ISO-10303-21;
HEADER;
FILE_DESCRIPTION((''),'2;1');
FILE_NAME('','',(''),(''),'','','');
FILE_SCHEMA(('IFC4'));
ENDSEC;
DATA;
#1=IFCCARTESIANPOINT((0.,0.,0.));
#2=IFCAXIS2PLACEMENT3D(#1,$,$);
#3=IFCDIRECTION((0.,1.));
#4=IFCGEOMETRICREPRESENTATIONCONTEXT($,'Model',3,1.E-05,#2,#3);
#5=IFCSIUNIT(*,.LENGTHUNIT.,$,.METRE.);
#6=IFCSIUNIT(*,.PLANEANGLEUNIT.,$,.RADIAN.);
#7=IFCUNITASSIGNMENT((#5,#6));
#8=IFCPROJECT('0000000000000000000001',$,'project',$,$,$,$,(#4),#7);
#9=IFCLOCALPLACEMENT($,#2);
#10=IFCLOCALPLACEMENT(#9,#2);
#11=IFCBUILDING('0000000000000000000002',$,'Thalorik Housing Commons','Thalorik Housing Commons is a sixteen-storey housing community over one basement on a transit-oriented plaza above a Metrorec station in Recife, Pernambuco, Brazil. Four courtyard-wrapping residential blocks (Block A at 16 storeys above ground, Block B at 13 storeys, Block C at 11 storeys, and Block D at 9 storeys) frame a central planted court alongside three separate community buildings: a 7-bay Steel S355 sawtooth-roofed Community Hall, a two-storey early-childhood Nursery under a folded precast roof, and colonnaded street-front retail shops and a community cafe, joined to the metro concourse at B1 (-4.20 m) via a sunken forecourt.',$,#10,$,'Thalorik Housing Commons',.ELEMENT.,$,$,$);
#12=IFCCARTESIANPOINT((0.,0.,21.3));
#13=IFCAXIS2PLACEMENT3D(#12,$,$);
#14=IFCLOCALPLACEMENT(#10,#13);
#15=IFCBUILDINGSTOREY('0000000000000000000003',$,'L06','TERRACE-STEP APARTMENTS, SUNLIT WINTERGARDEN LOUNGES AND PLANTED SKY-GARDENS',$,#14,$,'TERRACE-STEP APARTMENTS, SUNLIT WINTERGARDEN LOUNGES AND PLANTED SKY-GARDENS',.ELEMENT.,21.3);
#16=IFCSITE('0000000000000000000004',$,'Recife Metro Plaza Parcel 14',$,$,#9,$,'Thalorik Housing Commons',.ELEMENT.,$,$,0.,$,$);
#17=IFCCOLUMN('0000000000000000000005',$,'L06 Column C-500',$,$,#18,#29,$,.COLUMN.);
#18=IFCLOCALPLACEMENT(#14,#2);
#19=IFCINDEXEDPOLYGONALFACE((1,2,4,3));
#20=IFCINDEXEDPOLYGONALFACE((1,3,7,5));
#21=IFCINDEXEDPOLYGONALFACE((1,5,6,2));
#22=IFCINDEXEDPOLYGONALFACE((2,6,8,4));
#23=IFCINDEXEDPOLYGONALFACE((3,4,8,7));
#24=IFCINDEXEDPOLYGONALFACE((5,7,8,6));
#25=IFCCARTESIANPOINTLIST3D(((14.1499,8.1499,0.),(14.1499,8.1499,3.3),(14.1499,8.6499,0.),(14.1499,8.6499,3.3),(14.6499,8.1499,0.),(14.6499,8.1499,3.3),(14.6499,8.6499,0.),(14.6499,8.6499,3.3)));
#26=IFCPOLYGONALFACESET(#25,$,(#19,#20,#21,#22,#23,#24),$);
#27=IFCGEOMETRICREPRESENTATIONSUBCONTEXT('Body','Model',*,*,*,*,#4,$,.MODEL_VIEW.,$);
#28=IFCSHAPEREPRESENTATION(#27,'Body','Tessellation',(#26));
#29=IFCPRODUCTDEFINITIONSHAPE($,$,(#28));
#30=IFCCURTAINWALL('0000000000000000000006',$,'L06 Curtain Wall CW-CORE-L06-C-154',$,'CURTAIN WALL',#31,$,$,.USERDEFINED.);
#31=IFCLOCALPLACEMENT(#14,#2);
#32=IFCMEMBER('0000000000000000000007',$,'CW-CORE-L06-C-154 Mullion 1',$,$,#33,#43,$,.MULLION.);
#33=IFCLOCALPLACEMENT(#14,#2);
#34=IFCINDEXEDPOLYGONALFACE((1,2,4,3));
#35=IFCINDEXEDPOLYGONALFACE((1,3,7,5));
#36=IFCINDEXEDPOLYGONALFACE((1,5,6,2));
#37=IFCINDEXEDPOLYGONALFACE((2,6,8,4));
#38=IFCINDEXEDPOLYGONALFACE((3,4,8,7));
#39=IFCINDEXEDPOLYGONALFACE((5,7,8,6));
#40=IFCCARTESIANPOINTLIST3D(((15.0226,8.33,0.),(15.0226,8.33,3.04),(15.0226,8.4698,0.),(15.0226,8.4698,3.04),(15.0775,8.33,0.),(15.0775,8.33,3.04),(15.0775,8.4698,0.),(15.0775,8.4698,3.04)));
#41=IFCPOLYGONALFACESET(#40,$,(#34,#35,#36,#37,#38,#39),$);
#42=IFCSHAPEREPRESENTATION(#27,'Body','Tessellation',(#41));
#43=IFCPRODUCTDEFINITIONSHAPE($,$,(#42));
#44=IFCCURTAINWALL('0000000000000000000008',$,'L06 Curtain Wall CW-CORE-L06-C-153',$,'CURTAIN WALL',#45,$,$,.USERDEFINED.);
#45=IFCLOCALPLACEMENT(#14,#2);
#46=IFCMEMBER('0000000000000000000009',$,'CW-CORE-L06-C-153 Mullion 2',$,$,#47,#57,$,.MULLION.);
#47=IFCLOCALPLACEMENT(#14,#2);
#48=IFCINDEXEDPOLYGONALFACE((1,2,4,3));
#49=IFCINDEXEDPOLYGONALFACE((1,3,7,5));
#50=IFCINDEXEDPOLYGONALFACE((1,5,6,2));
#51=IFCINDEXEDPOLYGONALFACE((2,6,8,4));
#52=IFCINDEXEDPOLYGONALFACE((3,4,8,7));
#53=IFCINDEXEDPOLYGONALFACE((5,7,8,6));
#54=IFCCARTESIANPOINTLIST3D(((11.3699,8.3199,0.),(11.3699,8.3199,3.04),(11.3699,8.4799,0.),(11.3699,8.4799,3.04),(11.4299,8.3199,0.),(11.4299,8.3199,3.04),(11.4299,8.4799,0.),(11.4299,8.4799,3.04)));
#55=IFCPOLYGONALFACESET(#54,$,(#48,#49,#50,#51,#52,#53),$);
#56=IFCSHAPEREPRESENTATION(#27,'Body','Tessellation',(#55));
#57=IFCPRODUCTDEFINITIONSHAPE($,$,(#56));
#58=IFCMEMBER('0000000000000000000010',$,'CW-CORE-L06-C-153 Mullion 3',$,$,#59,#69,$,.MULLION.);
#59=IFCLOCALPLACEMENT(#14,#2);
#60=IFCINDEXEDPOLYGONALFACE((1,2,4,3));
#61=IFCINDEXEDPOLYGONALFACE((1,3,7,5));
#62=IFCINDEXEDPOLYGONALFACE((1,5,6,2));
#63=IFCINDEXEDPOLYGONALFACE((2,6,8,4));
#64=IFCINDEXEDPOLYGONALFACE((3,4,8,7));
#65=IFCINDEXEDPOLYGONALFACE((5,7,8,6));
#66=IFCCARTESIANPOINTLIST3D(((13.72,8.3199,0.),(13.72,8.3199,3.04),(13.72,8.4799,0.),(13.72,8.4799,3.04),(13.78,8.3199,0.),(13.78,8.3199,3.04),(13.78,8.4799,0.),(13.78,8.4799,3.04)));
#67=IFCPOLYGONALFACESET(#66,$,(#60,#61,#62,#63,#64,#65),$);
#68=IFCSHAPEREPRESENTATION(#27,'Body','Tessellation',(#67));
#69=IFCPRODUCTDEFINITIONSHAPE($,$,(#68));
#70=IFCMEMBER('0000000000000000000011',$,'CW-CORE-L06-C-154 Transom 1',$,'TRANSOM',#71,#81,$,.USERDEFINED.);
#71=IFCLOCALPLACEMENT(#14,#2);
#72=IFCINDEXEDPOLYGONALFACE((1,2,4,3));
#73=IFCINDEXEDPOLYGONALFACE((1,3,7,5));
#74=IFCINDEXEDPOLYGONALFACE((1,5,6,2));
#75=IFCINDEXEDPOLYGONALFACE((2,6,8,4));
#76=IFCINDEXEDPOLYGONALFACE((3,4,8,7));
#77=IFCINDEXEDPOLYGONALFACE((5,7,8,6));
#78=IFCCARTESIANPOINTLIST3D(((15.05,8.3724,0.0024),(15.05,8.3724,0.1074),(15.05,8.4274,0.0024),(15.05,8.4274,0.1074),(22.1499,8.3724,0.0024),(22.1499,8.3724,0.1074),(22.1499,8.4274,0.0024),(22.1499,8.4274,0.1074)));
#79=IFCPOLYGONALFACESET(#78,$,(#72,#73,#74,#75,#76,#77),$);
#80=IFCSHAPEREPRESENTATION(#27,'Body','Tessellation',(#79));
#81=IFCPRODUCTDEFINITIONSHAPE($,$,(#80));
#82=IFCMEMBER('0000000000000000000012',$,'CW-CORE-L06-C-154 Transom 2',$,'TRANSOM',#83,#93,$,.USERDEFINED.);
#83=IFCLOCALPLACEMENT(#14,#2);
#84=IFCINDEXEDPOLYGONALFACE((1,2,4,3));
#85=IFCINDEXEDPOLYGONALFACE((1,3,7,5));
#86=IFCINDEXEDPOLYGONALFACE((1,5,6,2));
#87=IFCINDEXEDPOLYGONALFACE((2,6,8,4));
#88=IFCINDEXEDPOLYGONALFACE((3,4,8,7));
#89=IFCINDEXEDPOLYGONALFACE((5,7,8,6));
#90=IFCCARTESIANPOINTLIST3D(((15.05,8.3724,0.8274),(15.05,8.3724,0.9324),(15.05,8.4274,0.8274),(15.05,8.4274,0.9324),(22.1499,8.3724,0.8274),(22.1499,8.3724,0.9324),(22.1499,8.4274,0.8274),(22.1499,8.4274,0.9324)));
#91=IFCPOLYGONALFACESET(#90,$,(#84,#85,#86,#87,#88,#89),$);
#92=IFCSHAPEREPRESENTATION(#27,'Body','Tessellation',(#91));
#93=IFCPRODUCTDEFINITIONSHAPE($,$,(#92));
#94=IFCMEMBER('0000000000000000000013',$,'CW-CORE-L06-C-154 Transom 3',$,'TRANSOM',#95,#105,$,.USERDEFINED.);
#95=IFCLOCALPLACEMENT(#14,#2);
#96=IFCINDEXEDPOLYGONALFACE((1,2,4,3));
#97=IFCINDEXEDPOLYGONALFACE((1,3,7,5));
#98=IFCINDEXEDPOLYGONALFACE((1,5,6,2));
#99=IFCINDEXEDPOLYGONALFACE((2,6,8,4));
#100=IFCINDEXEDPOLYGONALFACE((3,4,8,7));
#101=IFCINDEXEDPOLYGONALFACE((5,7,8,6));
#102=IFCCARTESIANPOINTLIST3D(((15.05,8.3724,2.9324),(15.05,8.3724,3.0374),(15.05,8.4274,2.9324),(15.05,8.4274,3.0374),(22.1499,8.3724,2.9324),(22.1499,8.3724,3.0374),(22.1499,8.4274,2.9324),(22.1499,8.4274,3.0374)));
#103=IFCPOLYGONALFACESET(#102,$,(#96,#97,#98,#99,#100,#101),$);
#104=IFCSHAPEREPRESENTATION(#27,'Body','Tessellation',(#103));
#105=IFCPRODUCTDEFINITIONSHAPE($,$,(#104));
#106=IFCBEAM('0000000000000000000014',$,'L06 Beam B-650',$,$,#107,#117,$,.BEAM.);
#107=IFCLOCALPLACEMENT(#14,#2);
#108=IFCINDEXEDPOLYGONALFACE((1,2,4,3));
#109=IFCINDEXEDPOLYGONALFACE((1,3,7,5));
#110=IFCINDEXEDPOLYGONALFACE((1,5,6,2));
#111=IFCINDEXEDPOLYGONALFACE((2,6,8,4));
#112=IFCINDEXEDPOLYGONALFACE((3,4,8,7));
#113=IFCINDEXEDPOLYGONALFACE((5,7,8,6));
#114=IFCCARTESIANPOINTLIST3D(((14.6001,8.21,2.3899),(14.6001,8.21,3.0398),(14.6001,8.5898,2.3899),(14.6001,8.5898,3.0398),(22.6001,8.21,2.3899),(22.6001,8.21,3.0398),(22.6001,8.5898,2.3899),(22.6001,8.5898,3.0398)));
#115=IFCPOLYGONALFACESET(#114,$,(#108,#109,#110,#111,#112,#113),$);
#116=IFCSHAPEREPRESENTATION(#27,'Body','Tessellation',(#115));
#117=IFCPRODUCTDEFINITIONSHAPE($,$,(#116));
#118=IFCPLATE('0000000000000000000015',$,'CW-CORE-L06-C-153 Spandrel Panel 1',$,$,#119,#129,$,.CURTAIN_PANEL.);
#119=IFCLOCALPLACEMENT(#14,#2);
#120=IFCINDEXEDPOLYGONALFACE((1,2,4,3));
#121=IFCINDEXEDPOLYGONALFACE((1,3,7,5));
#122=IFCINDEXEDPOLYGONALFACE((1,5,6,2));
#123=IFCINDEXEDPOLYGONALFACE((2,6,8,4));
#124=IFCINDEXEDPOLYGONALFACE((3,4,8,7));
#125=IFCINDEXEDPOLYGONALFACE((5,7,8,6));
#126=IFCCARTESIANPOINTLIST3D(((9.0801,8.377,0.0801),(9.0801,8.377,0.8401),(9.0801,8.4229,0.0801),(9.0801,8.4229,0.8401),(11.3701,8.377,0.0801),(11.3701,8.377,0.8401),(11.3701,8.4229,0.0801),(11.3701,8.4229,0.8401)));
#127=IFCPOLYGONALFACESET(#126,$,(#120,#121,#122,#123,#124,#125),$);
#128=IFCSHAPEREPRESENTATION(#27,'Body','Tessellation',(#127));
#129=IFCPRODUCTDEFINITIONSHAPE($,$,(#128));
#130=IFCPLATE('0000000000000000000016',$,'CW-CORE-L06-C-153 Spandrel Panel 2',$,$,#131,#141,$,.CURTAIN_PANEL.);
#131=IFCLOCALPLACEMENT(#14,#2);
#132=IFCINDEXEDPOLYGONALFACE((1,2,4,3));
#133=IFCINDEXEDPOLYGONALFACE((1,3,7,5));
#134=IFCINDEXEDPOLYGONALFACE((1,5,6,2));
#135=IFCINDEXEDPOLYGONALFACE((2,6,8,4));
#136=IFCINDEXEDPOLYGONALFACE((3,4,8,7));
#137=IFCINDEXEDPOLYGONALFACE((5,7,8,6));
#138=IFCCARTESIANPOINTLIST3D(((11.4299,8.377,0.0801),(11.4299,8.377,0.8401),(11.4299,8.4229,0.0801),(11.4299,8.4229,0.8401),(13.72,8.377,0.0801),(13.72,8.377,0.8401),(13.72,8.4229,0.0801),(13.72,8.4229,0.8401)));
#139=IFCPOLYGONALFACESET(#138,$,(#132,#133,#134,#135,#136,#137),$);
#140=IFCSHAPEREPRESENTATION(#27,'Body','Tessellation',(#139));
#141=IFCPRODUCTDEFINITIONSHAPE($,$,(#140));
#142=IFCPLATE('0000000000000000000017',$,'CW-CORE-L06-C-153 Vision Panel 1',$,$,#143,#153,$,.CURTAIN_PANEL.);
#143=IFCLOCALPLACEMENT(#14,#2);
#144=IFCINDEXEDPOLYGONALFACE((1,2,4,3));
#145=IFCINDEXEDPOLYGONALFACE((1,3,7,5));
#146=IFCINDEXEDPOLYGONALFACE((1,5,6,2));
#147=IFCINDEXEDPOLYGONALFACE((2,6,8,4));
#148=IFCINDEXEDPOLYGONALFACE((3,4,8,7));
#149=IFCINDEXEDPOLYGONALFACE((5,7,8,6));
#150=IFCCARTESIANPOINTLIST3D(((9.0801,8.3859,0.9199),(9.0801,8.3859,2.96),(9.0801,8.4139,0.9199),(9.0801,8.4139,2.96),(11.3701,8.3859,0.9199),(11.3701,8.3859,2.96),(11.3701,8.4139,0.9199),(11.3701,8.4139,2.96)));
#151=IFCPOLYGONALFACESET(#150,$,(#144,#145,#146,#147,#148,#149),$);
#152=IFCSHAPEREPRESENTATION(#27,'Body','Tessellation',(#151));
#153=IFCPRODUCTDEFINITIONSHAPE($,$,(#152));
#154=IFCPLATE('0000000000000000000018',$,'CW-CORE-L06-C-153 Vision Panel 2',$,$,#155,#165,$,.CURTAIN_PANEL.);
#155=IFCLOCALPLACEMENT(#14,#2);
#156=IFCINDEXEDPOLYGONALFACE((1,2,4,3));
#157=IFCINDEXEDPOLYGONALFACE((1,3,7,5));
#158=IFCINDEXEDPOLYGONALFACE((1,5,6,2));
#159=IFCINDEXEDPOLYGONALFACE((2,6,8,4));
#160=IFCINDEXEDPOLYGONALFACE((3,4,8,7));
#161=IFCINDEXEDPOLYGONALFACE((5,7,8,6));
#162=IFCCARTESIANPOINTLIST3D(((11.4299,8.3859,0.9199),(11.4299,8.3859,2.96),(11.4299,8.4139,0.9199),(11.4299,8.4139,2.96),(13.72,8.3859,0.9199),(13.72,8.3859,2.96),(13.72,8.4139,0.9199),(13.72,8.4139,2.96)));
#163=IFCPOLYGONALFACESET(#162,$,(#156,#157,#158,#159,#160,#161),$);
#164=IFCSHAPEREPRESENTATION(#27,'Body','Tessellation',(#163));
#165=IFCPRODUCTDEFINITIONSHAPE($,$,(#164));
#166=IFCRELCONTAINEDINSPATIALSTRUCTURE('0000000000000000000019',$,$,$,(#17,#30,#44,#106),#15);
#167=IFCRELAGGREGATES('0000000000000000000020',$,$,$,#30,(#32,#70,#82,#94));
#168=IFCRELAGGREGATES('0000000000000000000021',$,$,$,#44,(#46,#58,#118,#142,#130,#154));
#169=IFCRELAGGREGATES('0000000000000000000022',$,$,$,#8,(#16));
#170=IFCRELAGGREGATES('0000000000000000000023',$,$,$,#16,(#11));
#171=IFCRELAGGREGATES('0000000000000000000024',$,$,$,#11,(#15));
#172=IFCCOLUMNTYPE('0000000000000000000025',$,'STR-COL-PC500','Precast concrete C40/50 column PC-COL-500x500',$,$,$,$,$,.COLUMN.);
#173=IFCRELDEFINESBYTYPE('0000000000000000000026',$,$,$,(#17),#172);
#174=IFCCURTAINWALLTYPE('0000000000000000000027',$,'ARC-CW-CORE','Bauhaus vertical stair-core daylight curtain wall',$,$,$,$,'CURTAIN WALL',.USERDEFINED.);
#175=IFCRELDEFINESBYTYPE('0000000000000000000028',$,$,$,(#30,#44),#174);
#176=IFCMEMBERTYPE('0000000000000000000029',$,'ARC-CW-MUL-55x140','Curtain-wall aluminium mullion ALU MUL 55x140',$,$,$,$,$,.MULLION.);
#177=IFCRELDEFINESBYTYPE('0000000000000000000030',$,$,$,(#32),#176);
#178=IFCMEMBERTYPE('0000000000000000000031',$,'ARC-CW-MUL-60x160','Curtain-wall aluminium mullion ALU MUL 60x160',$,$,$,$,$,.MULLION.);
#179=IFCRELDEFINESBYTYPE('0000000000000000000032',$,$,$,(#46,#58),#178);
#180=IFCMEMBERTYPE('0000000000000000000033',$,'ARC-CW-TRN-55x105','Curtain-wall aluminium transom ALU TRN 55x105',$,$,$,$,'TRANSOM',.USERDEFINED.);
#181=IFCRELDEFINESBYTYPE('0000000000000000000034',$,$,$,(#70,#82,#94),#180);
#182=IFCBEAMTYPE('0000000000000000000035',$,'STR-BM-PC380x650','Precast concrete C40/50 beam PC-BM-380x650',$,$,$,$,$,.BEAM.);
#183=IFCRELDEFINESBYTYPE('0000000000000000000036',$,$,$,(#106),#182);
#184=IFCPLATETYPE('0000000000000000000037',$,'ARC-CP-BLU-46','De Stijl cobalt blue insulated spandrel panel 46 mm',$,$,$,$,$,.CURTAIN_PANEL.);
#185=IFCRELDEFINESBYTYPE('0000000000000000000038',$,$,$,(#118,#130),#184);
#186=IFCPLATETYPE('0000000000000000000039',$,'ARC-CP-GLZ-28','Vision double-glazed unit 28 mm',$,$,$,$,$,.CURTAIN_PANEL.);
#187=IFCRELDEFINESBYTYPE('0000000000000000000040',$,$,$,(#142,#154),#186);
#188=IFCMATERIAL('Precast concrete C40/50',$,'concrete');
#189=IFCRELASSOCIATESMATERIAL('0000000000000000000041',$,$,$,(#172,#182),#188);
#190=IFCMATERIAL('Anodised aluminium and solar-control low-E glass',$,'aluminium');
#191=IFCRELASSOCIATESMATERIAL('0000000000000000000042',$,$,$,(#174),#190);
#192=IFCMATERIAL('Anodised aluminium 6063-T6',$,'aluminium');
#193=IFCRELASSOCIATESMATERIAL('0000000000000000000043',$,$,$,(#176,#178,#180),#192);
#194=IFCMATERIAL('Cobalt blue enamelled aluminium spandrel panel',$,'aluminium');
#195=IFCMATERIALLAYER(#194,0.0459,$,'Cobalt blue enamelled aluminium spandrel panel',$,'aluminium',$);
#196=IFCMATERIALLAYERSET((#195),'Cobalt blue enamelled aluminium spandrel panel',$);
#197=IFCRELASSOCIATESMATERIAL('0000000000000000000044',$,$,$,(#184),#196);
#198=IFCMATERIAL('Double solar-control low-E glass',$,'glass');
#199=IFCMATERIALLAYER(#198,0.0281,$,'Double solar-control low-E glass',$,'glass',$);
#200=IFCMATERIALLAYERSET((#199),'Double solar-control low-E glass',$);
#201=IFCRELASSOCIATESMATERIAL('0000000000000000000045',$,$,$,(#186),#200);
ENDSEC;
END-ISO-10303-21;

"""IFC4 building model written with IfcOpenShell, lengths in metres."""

from ifc_helpers import new_model, si_unit, direction, frame, origin, origin_2d, place, context, subcontext, project, spatial, rectangle, extrude, material, layer, layer_set, material_profile, profile_set, type_object, element, aggregate, save


model = new_model("IFC4")

# Units and contexts
model_context = context("Model", 3, precision=1e-05, world=origin(), true_north=direction((0.0, 1.0)))
body_context = subcontext(model_context, "Body", "Model", "MODEL_VIEW")
ifc_project = project(units=[si_unit("LENGTHUNIT", "METRE"), si_unit("PLANEANGLEUNIT", "RADIAN")], contexts=[model_context])

# Site, building, storey
site_placement = place(None, origin())
site = spatial("IfcSite", under=ifc_project, at=site_placement, Name="Recife Metro Plaza Parcel 14", LongName="Thalorik Housing Commons", CompositionType="ELEMENT", RefElevation=0.0)
building_placement = place(site_placement, origin())
building = spatial("IfcBuilding", under=site, at=building_placement, Name="Thalorik Housing Commons", Description="Thalorik Housing Commons is a sixteen-storey housing community over one basement on a transit-oriented plaza above a Metrorec station in Recife, Pernambuco, Brazil. Four courtyard-wrapping residential blocks (Block A at 16 storeys above ground, Block B at 13 storeys, Block C at 11 storeys, and Block D at 9 storeys) frame a central planted court alongside three separate community buildings: a 7-bay Steel S355 sawtooth-roofed Community Hall, a two-storey early-childhood Nursery under a folded precast roof, and colonnaded street-front retail shops and a community cafe, joined to the metro concourse at B1 (-4.20 m) via a sunken forecourt.", LongName="Thalorik Housing Commons", CompositionType="ELEMENT")
storey_placement = place(building_placement, frame((0.0, 0.0, 21.3)))
storey = spatial("IfcBuildingStorey", under=building, at=storey_placement, Name="L06", Description="TERRACE-STEP APARTMENTS, SUNLIT WINTERGARDEN LOUNGES AND PLANTED SKY-GARDENS", LongName="TERRACE-STEP APARTMENTS, SUNLIT WINTERGARDEN LOUNGES AND PLANTED SKY-GARDENS", CompositionType="ELEMENT", Elevation=21.3)

# Column
ifc_material_1 = material(Name="Precast concrete C40/50", Category="concrete")
ifc_material_profile_1 = material_profile(ifc_material_1, rectangle(XDim=0.5, YDim=0.5, at=origin_2d()), Name="PC 500x500", Category="concrete")
ifc_profile_set_1 = profile_set([ifc_material_profile_1], Name="Precast concrete C40/50")
column_type = type_object("IfcColumnType", Name="STR-COL-PC500", Description="Precast concrete C40/50 column PC-COL-500x500", PredefinedType="COLUMN", material=ifc_profile_set_1)
column_placement = place(storey_placement, frame((14.3999, 8.3999, 0.0), z_axis=(0.0, 0.0, 1.0), x_axis=(1.0, 0.0, 0.0)))
element("IfcColumn", 1, at=column_placement, inside=storey, type_object=column_type, Name="L06 Column C-500", PredefinedType="COLUMN", context=body_context, shape_type="SweptSolid", body=[
    extrude(rectangle(XDim=0.5, YDim=0.5, at=origin_2d()), origin(), (0.0, 0.0, 1.0), 3.3),
])

# Curtain wall, member
ifc_material_2 = material(Name="Anodised aluminium and solar-control low-E glass", Category="aluminium")
curtain_wall_type = type_object("IfcCurtainWallType", Name="ARC-CW-CORE", Description="Bauhaus vertical stair-core daylight curtain wall", ElementType="CURTAIN WALL", PredefinedType="USERDEFINED", material=ifc_material_2)
curtain_wall_1_placement = place(storey_placement, origin())
curtain_wall_1 = element("IfcCurtainWall", 2, at=curtain_wall_1_placement, inside=storey, type_object=curtain_wall_type, Name="L06 Curtain Wall CW-CORE-L06-C-154", ObjectType="CURTAIN WALL", PredefinedType="USERDEFINED")
ifc_material_3 = material(Name="Anodised aluminium 6063-T6", Category="aluminium")
ifc_material_profile_2 = material_profile(ifc_material_3, rectangle(XDim=0.0549, YDim=0.1399, at=origin_2d()), Name="ALU MUL 55x140", Category="aluminium")
ifc_profile_set_2 = profile_set([ifc_material_profile_2], Name="Anodised aluminium 6063-T6")
member_type_1 = type_object("IfcMemberType", Name="ARC-CW-MUL-55x140", Description="Curtain-wall aluminium mullion ALU MUL 55x140", PredefinedType="MULLION", material=ifc_profile_set_2)
member_1_placement = place(storey_placement, frame((15.05, 8.3999, 0.0), z_axis=(0.0, 0.0, 1.0), x_axis=(1.0, 0.0, 0.0)))
member_1 = element("IfcMember", 3, at=member_1_placement, type_object=member_type_1, Name="CW-CORE-L06-C-154 Mullion 1", PredefinedType="MULLION", context=body_context, shape_type="SweptSolid", body=[
    extrude(rectangle(XDim=0.0549, YDim=0.1399, at=origin_2d()), origin(), (0.0, 0.0, 1.0), 3.04),
])

# Curtain wall, members
curtain_wall_2_placement = place(storey_placement, origin())
curtain_wall_2 = element("IfcCurtainWall", 4, at=curtain_wall_2_placement, inside=storey, type_object=curtain_wall_type, Name="L06 Curtain Wall CW-CORE-L06-C-153", ObjectType="CURTAIN WALL", PredefinedType="USERDEFINED")
ifc_material_profile_3 = material_profile(ifc_material_3, rectangle(XDim=0.0601, YDim=0.1599, at=origin_2d()), Name="ALU MUL 60x160", Category="aluminium")
ifc_profile_set_3 = profile_set([ifc_material_profile_3], Name="Anodised aluminium 6063-T6")
member_type_2 = type_object("IfcMemberType", Name="ARC-CW-MUL-60x160", Description="Curtain-wall aluminium mullion ALU MUL 60x160", PredefinedType="MULLION", material=ifc_profile_set_3)
member_2_placement = place(storey_placement, frame((11.3999, 8.3999, 0.0), z_axis=(0.0, 0.0, 1.0), x_axis=(1.0, 0.0, 0.0)))
member_2 = element("IfcMember", 5, at=member_2_placement, type_object=member_type_2, Name="CW-CORE-L06-C-153 Mullion 2", PredefinedType="MULLION", context=body_context, shape_type="SweptSolid", body=[
    extrude(rectangle(XDim=0.0601, YDim=0.1599, at=origin_2d()), origin(), (0.0, 0.0, 1.0), 3.04),
])
member_3_placement = place(storey_placement, frame((13.75, 8.3999, 0.0), z_axis=(0.0, 0.0, 1.0), x_axis=(1.0, 0.0, 0.0)))
member_3 = element("IfcMember", 6, at=member_3_placement, type_object=member_type_2, Name="CW-CORE-L06-C-153 Mullion 3", PredefinedType="MULLION", context=body_context, shape_type="SweptSolid", body=[
    extrude(rectangle(XDim=0.0601, YDim=0.1599, at=origin_2d()), origin(), (0.0, 0.0, 1.0), 3.04),
])

# Members
ifc_material_profile_4 = material_profile(ifc_material_3, rectangle(XDim=0.0549, YDim=0.105, at=origin_2d()), Name="ALU TRN 55x105", Category="aluminium")
ifc_profile_set_4 = profile_set([ifc_material_profile_4], Name="Anodised aluminium 6063-T6")
member_type_3 = type_object("IfcMemberType", Name="ARC-CW-TRN-55x105", Description="Curtain-wall aluminium transom ALU TRN 55x105", ElementType="TRANSOM", PredefinedType="USERDEFINED", material=ifc_profile_set_4)
member_4_placement = place(storey_placement, frame((15.05, 8.3999, 0.0549), z_axis=(1.0, 0.0, 0.0), x_axis=(0.0, 1.0, 0.0)))
member_4 = element("IfcMember", 7, at=member_4_placement, type_object=member_type_3, Name="CW-CORE-L06-C-154 Transom 1", ObjectType="TRANSOM", PredefinedType="USERDEFINED", context=body_context, shape_type="SweptSolid", body=[
    extrude(rectangle(XDim=0.0549, YDim=0.105, at=origin_2d()), origin(), (0.0, 0.0, 1.0), 7.0999),
])
member_5_placement = place(storey_placement, frame((15.05, 8.3999, 0.8799), z_axis=(1.0, 0.0, 0.0), x_axis=(0.0, 1.0, 0.0)))
member_5 = element("IfcMember", 8, at=member_5_placement, type_object=member_type_3, Name="CW-CORE-L06-C-154 Transom 2", ObjectType="TRANSOM", PredefinedType="USERDEFINED", context=body_context, shape_type="SweptSolid", body=[
    extrude(rectangle(XDim=0.0549, YDim=0.105, at=origin_2d()), origin(), (0.0, 0.0, 1.0), 7.0999),
])
member_6_placement = place(storey_placement, frame((15.05, 8.3999, 2.9849), z_axis=(1.0, 0.0, 0.0), x_axis=(0.0, 1.0, 0.0)))
member_6 = element("IfcMember", 9, at=member_6_placement, type_object=member_type_3, Name="CW-CORE-L06-C-154 Transom 3", ObjectType="TRANSOM", PredefinedType="USERDEFINED", context=body_context, shape_type="SweptSolid", body=[
    extrude(rectangle(XDim=0.0549, YDim=0.105, at=origin_2d()), origin(), (0.0, 0.0, 1.0), 7.0999),
])
aggregate(curtain_wall_1, [member_1, member_4, member_5, member_6])

# Beam
ifc_material_profile_5 = material_profile(ifc_material_1, rectangle(XDim=0.3799, YDim=0.6499, at=origin_2d()), Name="PC 380x650", Category="concrete")
ifc_profile_set_5 = profile_set([ifc_material_profile_5], Name="Precast concrete C40/50")
beam_type = type_object("IfcBeamType", Name="STR-BM-PC380x650", Description="Precast concrete C40/50 beam PC-BM-380x650", PredefinedType="BEAM", material=ifc_profile_set_5)
beam_placement = place(storey_placement, frame((14.6001, 8.3999, 2.7148), z_axis=(1.0, 0.0, 0.0), x_axis=(0.0, 1.0, 0.0)))
element("IfcBeam", 10, at=beam_placement, inside=storey, type_object=beam_type, Name="L06 Beam B-650", PredefinedType="BEAM", context=body_context, shape_type="SweptSolid", body=[
    extrude(rectangle(XDim=0.3799, YDim=0.6499, at=origin_2d()), origin(), (0.0, 0.0, 1.0), 8.0),
])

# Plates
ifc_material_4 = material(Name="Cobalt blue enamelled aluminium spandrel panel", Category="aluminium")
ifc_layer_1 = layer(ifc_material_4, 0.0459, Name="Cobalt blue enamelled aluminium spandrel panel", Category="aluminium")
ifc_layer_set_1 = layer_set([ifc_layer_1], Name="Cobalt blue enamelled aluminium spandrel panel")
plate_type_1 = type_object("IfcPlateType", Name="ARC-CP-BLU-46", Description="De Stijl cobalt blue insulated spandrel panel 46 mm", PredefinedType="CURTAIN_PANEL", material=ifc_layer_set_1)
plate_1_placement = place(storey_placement, frame((10.2251, 8.3999, 0.0801), z_axis=(0.0, 0.0, 1.0), x_axis=(1.0, 0.0, 0.0)))
plate_1 = element("IfcPlate", 11, at=plate_1_placement, type_object=plate_type_1, Name="CW-CORE-L06-C-153 Spandrel Panel 1", PredefinedType="CURTAIN_PANEL", context=body_context, shape_type="SweptSolid", body=[
    extrude(rectangle(XDim=2.29, YDim=0.0459, at=origin_2d()), origin(), (0.0, 0.0, 1.0), 0.76),
])
plate_2_placement = place(storey_placement, frame((12.575, 8.3999, 0.0801), z_axis=(0.0, 0.0, 1.0), x_axis=(1.0, 0.0, 0.0)))
plate_2 = element("IfcPlate", 12, at=plate_2_placement, type_object=plate_type_1, Name="CW-CORE-L06-C-153 Spandrel Panel 2", PredefinedType="CURTAIN_PANEL", context=body_context, shape_type="SweptSolid", body=[
    extrude(rectangle(XDim=2.29, YDim=0.0459, at=origin_2d()), origin(), (0.0, 0.0, 1.0), 0.76),
])
ifc_material_5 = material(Name="Double solar-control low-E glass", Category="glass")
ifc_layer_2 = layer(ifc_material_5, 0.0281, Name="Double solar-control low-E glass", Category="glass")
ifc_layer_set_2 = layer_set([ifc_layer_2], Name="Double solar-control low-E glass")
plate_type_2 = type_object("IfcPlateType", Name="ARC-CP-GLZ-28", Description="Vision double-glazed unit 28 mm", PredefinedType="CURTAIN_PANEL", material=ifc_layer_set_2)
plate_3_placement = place(storey_placement, frame((10.2251, 8.3999, 0.9199), z_axis=(0.0, 0.0, 1.0), x_axis=(1.0, 0.0, 0.0)))
plate_3 = element("IfcPlate", 13, at=plate_3_placement, type_object=plate_type_2, Name="CW-CORE-L06-C-153 Vision Panel 1", PredefinedType="CURTAIN_PANEL", context=body_context, shape_type="SweptSolid", body=[
    extrude(rectangle(XDim=2.29, YDim=0.0281, at=origin_2d()), origin(), (0.0, 0.0, 1.0), 2.04),
])
plate_4_placement = place(storey_placement, frame((12.575, 8.3999, 0.9199), z_axis=(0.0, 0.0, 1.0), x_axis=(1.0, 0.0, 0.0)))
plate_4 = element("IfcPlate", 14, at=plate_4_placement, type_object=plate_type_2, Name="CW-CORE-L06-C-153 Vision Panel 2", PredefinedType="CURTAIN_PANEL", context=body_context, shape_type="SweptSolid", body=[
    extrude(rectangle(XDim=2.29, YDim=0.0281, at=origin_2d()), origin(), (0.0, 0.0, 1.0), 2.04),
])
aggregate(curtain_wall_2, [member_2, member_3, plate_1, plate_3, plate_2, plate_4])

save(model, "model.ifc")
